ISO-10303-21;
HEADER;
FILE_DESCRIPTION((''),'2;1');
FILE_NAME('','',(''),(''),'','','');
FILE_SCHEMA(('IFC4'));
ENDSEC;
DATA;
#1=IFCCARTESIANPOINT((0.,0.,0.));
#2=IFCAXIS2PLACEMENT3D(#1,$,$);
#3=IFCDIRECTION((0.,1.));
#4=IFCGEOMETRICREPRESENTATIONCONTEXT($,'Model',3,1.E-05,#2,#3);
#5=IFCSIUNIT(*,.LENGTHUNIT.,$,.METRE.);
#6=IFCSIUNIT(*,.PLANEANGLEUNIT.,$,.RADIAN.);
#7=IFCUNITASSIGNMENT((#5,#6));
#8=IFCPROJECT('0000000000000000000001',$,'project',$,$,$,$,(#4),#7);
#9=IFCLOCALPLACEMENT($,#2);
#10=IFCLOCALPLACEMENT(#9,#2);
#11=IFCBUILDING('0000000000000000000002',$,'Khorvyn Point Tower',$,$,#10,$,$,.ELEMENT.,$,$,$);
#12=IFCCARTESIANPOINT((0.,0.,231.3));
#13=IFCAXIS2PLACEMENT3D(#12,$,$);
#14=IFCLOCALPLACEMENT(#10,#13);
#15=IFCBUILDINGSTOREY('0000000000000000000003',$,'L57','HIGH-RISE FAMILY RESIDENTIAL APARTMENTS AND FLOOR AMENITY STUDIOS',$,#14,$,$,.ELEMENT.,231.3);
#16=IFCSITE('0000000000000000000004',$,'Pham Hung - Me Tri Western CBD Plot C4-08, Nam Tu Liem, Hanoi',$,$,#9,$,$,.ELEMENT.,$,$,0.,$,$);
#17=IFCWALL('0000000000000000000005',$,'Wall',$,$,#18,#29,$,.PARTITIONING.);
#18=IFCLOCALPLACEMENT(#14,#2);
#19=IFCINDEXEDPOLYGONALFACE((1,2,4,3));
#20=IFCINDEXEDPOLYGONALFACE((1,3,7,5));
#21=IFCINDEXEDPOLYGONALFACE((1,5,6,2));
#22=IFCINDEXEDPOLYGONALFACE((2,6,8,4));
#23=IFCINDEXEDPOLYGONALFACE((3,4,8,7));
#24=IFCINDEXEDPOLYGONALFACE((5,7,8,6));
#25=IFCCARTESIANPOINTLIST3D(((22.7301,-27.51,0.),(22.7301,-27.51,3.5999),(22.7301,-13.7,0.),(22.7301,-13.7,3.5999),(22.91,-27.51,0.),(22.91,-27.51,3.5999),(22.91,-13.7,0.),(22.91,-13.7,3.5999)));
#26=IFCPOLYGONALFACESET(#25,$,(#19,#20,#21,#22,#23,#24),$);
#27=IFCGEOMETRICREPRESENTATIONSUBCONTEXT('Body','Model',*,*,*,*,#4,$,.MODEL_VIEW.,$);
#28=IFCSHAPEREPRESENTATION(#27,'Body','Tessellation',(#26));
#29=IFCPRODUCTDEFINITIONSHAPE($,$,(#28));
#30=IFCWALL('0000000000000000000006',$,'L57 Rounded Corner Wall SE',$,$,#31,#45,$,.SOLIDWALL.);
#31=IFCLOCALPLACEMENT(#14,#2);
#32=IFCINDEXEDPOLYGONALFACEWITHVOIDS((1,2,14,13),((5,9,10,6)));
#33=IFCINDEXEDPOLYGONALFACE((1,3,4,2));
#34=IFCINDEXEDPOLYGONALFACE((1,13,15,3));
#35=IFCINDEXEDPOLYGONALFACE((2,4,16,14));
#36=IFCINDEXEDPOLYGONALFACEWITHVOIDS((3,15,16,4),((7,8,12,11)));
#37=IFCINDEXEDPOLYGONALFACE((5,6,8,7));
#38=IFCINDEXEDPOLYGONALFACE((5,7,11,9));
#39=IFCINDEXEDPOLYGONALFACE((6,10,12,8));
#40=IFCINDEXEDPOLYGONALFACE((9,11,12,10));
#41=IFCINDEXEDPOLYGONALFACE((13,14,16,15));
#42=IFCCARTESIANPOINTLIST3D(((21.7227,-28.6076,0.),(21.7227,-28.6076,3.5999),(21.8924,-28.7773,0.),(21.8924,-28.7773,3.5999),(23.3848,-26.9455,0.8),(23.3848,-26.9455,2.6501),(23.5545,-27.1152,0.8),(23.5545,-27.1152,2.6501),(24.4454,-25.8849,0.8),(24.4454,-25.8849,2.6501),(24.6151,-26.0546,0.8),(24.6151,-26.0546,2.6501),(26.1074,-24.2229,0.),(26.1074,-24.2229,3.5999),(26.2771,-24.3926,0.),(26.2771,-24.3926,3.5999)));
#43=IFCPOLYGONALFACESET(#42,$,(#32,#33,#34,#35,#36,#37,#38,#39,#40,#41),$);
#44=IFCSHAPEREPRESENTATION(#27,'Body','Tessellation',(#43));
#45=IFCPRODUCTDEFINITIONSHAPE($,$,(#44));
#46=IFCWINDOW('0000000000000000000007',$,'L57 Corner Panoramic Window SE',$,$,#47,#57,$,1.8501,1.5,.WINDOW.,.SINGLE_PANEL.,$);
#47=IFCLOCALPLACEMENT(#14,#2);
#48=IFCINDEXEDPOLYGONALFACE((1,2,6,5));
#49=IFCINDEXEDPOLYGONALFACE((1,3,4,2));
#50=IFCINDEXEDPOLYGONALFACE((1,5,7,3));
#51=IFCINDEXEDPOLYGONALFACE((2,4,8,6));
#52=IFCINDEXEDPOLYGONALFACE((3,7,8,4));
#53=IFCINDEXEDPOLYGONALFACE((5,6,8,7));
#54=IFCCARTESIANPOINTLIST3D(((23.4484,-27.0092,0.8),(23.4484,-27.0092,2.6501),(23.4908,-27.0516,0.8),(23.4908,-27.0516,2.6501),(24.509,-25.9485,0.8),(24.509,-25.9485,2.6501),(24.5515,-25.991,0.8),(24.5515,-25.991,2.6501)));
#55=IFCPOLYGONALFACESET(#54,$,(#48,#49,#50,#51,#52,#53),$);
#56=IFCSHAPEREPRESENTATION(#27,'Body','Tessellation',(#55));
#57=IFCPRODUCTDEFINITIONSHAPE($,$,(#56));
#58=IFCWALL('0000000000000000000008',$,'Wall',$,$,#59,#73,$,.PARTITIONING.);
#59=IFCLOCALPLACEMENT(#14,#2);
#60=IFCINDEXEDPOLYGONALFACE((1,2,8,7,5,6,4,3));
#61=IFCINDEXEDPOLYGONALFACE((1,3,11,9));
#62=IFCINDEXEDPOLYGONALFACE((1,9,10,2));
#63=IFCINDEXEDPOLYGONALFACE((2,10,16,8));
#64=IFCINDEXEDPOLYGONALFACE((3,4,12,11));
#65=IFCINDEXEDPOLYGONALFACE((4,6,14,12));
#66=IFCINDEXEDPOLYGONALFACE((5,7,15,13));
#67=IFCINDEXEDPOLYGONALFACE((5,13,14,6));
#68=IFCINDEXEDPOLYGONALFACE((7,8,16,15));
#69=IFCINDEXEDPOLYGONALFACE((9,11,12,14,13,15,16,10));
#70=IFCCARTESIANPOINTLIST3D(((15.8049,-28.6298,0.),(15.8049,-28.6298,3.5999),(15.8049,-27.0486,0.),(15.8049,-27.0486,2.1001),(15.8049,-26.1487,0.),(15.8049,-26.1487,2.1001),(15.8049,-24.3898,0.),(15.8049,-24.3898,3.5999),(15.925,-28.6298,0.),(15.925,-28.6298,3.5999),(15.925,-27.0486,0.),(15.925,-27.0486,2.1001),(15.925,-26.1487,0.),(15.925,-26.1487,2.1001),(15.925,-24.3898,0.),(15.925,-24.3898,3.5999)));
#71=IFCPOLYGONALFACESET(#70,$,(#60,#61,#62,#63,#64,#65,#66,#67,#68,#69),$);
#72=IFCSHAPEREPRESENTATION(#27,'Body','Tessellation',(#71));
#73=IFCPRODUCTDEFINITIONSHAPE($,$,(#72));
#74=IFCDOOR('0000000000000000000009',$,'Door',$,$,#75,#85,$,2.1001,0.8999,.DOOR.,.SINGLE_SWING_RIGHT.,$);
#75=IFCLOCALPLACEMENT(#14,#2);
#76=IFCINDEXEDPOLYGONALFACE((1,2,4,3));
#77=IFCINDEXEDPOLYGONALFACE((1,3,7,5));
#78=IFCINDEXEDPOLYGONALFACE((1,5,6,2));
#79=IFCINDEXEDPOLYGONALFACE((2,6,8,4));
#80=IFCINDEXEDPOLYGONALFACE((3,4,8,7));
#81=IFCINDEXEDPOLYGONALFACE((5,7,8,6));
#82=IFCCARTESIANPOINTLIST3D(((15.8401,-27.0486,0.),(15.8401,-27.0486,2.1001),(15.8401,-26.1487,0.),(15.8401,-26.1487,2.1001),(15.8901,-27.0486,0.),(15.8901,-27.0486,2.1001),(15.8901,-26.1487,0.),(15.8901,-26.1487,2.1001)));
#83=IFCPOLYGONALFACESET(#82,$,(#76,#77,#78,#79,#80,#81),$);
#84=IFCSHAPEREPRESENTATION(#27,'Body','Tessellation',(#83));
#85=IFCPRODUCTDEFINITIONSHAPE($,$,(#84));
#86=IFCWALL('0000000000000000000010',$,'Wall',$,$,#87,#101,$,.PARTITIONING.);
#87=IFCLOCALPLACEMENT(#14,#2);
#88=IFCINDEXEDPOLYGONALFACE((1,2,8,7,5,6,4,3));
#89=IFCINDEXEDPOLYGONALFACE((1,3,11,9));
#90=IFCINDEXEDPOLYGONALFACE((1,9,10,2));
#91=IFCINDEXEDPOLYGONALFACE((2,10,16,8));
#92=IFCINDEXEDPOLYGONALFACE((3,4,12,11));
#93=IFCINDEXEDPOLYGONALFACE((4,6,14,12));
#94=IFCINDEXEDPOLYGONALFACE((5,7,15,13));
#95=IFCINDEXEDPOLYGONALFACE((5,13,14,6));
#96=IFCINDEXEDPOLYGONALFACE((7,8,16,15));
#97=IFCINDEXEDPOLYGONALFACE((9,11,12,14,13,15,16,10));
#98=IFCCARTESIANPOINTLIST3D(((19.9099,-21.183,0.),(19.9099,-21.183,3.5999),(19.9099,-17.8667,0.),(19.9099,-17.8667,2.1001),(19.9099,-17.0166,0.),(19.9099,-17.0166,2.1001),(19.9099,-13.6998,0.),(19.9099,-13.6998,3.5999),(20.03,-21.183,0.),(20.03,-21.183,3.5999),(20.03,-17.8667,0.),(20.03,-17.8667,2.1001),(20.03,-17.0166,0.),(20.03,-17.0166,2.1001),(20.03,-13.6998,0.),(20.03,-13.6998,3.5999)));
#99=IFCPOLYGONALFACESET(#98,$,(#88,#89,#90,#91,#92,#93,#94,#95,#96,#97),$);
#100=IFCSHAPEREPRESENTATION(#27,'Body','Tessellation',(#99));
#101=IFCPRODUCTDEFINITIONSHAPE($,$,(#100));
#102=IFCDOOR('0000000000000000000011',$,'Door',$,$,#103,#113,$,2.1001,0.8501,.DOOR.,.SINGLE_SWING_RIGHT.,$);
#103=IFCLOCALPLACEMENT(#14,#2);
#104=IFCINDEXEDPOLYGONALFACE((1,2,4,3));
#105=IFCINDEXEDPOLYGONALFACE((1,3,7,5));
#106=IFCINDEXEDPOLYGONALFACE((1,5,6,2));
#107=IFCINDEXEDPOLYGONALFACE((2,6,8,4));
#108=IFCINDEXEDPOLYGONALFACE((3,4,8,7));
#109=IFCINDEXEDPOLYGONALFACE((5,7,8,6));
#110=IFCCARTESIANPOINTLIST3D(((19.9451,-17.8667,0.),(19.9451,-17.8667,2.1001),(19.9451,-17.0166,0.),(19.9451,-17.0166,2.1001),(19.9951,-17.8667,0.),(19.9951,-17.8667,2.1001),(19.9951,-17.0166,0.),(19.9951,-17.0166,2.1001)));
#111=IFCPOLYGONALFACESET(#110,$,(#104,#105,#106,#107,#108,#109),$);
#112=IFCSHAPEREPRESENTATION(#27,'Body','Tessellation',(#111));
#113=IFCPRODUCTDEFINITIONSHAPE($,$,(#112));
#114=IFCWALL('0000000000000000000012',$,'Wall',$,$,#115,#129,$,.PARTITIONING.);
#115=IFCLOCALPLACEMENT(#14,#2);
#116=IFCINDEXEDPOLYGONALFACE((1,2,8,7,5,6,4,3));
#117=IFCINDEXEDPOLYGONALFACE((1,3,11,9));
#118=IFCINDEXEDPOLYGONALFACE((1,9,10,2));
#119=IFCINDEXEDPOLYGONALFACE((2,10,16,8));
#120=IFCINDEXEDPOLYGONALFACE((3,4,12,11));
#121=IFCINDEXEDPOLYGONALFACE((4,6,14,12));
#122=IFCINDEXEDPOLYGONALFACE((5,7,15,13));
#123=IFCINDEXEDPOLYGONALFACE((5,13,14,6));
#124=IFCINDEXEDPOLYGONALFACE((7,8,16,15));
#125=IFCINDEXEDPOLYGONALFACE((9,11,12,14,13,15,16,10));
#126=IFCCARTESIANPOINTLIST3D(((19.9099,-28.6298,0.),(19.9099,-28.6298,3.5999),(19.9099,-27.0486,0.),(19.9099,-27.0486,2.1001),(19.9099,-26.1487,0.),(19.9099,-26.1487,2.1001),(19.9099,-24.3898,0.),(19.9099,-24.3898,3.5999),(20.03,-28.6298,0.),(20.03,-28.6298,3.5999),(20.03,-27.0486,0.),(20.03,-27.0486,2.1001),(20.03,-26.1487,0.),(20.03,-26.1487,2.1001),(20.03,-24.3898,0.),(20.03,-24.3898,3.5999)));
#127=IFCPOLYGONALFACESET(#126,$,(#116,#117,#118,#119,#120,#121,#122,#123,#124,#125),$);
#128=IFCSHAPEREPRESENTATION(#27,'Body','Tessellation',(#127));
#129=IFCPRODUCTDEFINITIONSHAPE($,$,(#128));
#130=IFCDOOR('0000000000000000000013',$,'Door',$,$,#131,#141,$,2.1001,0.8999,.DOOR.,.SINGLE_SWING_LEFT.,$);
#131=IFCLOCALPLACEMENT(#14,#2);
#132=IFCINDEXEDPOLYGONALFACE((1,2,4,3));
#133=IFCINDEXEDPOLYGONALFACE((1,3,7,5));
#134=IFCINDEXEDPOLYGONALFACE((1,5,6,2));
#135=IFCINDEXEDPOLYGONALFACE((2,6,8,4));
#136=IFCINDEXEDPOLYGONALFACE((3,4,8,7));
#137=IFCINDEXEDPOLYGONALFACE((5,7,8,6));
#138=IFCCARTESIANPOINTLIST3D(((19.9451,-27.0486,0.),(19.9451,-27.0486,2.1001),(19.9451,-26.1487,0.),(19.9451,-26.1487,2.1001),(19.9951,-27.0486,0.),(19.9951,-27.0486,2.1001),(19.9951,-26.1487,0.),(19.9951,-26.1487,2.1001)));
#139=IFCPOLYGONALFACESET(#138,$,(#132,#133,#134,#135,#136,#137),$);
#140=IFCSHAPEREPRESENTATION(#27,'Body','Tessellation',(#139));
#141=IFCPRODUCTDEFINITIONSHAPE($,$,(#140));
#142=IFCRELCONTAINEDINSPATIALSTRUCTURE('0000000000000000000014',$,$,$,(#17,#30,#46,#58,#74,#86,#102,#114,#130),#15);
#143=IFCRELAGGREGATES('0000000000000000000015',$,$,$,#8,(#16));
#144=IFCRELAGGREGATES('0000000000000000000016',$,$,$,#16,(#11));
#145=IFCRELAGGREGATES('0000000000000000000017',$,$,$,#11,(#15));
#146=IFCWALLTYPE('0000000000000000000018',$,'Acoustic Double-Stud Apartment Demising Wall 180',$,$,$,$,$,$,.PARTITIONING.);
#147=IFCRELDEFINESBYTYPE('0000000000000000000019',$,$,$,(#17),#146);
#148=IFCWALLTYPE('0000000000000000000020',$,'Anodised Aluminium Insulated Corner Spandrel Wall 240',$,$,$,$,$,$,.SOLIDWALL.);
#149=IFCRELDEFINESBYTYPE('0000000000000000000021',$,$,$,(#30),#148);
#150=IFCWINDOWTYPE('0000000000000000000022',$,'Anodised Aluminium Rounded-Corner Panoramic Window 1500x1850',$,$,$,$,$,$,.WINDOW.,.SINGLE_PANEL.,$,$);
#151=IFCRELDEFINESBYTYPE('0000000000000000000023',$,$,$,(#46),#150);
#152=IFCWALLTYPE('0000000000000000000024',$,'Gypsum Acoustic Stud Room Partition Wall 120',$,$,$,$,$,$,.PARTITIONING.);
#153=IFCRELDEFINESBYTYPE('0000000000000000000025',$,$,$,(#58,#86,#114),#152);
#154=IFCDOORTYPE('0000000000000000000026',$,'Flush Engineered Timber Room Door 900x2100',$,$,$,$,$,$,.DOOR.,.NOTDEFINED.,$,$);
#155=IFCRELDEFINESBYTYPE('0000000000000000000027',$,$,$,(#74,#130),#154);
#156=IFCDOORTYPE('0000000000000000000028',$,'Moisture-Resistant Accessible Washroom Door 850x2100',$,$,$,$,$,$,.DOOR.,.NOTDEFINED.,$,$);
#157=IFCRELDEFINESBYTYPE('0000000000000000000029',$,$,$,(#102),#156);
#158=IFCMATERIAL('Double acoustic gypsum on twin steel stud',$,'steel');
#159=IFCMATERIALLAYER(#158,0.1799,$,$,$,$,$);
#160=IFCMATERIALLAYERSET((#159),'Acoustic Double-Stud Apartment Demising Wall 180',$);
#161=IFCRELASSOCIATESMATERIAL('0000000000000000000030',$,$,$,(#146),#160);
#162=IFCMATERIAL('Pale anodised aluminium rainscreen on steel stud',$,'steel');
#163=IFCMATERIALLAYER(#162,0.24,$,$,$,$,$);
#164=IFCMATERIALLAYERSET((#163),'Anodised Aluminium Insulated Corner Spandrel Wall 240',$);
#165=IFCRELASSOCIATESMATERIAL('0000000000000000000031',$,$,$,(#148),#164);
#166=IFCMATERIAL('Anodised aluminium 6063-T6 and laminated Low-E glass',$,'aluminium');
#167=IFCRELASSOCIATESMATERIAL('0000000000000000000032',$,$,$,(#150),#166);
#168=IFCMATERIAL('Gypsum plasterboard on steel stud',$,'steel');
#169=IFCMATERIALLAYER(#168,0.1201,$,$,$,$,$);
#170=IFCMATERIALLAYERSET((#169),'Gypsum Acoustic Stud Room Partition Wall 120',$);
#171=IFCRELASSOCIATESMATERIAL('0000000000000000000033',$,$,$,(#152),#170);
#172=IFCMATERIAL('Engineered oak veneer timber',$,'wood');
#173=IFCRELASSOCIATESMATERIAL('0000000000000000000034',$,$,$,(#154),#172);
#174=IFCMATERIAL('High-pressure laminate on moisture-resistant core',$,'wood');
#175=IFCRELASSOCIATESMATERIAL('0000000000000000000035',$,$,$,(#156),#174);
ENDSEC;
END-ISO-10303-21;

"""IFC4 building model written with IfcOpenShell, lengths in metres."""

from ifc_helpers import new_model, si_unit, direction, frame, frame_2d, origin, place, context, subcontext, project, spatial, rectangle, extrude, material, layer, layer_set, type_object, element, fill, save


model = new_model("IFC4")

# Units and contexts
model_context = context("Model", 3, precision=1e-05, world=origin(), true_north=direction((0.0, 1.0)))
body_context = subcontext(model_context, "Body", "Model", "MODEL_VIEW")
ifc_project = project(units=[si_unit("LENGTHUNIT", "METRE"), si_unit("PLANEANGLEUNIT", "RADIAN")], contexts=[model_context])

# Site, building, storey
site_placement = place(None, origin())
site = spatial("IfcSite", under=ifc_project, at=site_placement, Name="Pham Hung - Me Tri Western CBD Plot C4-08, Nam Tu Liem, Hanoi", CompositionType="ELEMENT", RefElevation=0.0)
building_placement = place(site_placement, origin())
building = spatial("IfcBuilding", under=site, at=building_placement, Name="Khorvyn Point Tower", CompositionType="ELEMENT")
storey_placement = place(building_placement, frame((0.0, 0.0, 231.3)))
storey = spatial("IfcBuildingStorey", under=building, at=storey_placement, Name="L57", Description="HIGH-RISE FAMILY RESIDENTIAL APARTMENTS AND FLOOR AMENITY STUDIOS", CompositionType="ELEMENT", Elevation=231.3)

# Shared definitions
ifc_material_1 = material(Name="Anodised aluminium 6063-T6 and laminated Low-E glass", Category="aluminium")

# Wall
ifc_material_2 = material(Name="Double acoustic gypsum on twin steel stud", Category="steel")
ifc_layer_1 = layer(ifc_material_2, 0.1799)
ifc_layer_set_1 = layer_set([ifc_layer_1], Name="Acoustic Double-Stud Apartment Demising Wall 180")
wall_type_1 = type_object("IfcWallType", Name="Acoustic Double-Stud Apartment Demising Wall 180", PredefinedType="PARTITIONING", material=ifc_layer_set_1)
wall_1_placement = place(storey_placement, frame((22.8201, -27.51, 0.0), z_axis=(0.0, 0.0, 1.0), x_axis=(0.0, 1.0, 0.0)))
element("IfcWall", 1, at=wall_1_placement, inside=storey, type_object=wall_type_1, Name="Wall", PredefinedType="PARTITIONING", context=body_context, shape_type="SweptSolid", body=[
    extrude(rectangle(XDim=13.8101, YDim=0.1799, at=frame_2d((6.905, 0.0))), origin(), (0.0, 0.0, 1.0), 3.5999),
])

# Wall, opening, window
ifc_material_3 = material(Name="Pale anodised aluminium rainscreen on steel stud", Category="steel")
ifc_layer_2 = layer(ifc_material_3, 0.24)
ifc_layer_set_2 = layer_set([ifc_layer_2], Name="Anodised Aluminium Insulated Corner Spandrel Wall 240")
wall_type_2 = type_object("IfcWallType", Name="Anodised Aluminium Insulated Corner Spandrel Wall 240", PredefinedType="SOLIDWALL", material=ifc_layer_set_2)
wall_2_placement = place(storey_placement, frame((26.1924, -24.3076, 0.0), z_axis=(0.0, 0.0, 1.0), x_axis=(-0.707107, -0.707107, 0.0)))
wall_2 = element("IfcWall", 2, at=wall_2_placement, inside=storey, type_object=wall_type_2, Name="L57 Rounded Corner Wall SE", PredefinedType="SOLIDWALL", context=body_context, shape_type="SweptSolid", body=[
    extrude(rectangle(XDim=6.2009, YDim=0.24, at=frame_2d((3.1006, 0.0))), origin(), (0.0, 0.0, 1.0), 3.5999),
])
opening_1_placement = place(wall_2_placement, frame((2.3506, 0.0, 0.8)))
opening_1 = element("IfcOpeningElement", 3, at=opening_1_placement, cuts=wall_2, PredefinedType="OPENING", context=body_context, shape_type="SweptSolid", body=[
    extrude(rectangle(XDim=1.5, YDim=1.8501, at=frame_2d((0.75, 0.925))), frame((0.0, 0.1299, 0.0), z_axis=(0.0, -1.0, 0.0), x_axis=(1.0, 0.0, 0.0)), (0.0, 0.0, 1.0), 0.26),
])
window_type = type_object("IfcWindowType", Name="Anodised Aluminium Rounded-Corner Panoramic Window 1500x1850", PartitioningType="SINGLE_PANEL", PredefinedType="WINDOW", material=ifc_material_1)
window_placement = place(opening_1_placement, origin())
window = element("IfcWindow", 4, at=window_placement, inside=storey, type_object=window_type, Name="L57 Corner Panoramic Window SE", OverallHeight=1.8501, OverallWidth=1.5, PartitioningType="SINGLE_PANEL", PredefinedType="WINDOW", context=body_context, shape_type="SweptSolid", body=[
    extrude(rectangle(XDim=1.5, YDim=1.8501, at=frame_2d((0.75, 0.925))), frame((0.0, 0.03, 0.0), z_axis=(0.0, -1.0, 0.0), x_axis=(1.0, 0.0, 0.0)), (0.0, 0.0, 1.0), 0.0601),
])
fill(opening_1, window)

# Walls, openings, doors
ifc_material_4 = material(Name="Gypsum plasterboard on steel stud", Category="steel")
ifc_layer_3 = layer(ifc_material_4, 0.1201)
ifc_layer_set_3 = layer_set([ifc_layer_3], Name="Gypsum Acoustic Stud Room Partition Wall 120")
wall_type_3 = type_object("IfcWallType", Name="Gypsum Acoustic Stud Room Partition Wall 120", PredefinedType="PARTITIONING", material=ifc_layer_set_3)
wall_3_placement = place(storey_placement, frame((15.865, -28.6299, 0.0), z_axis=(0.0, 0.0, 1.0), x_axis=(0.0, 1.0, 0.0)))
wall_3 = element("IfcWall", 5, at=wall_3_placement, inside=storey, type_object=wall_type_3, Name="Wall", PredefinedType="PARTITIONING", context=body_context, shape_type="SweptSolid", body=[
    extrude(rectangle(XDim=4.24, YDim=0.1201, at=frame_2d((2.1201, 0.0))), origin(), (0.0, 0.0, 1.0), 3.5999),
])
opening_2_placement = place(wall_3_placement, frame((1.5813, 0.0, 0.0)))
opening_2 = element("IfcOpeningElement", 6, at=opening_2_placement, cuts=wall_3, PredefinedType="OPENING", context=body_context, shape_type="SweptSolid", body=[
    extrude(rectangle(XDim=0.8999, YDim=2.1001, at=frame_2d((0.45, 1.05))), frame((0.0, 0.0701, 0.0), z_axis=(0.0, -1.0, 0.0), x_axis=(1.0, 0.0, 0.0)), (0.0, 0.0, 1.0), 0.1401),
])
ifc_material_5 = material(Name="Engineered oak veneer timber", Category="wood")
door_type_1 = type_object("IfcDoorType", Name="Flush Engineered Timber Room Door 900x2100", OperationType="NOTDEFINED", PredefinedType="DOOR", material=ifc_material_5)
door_1_placement = place(opening_2_placement, origin())
door_1 = element("IfcDoor", 7, at=door_1_placement, inside=storey, type_object=door_type_1, Name="Door", OperationType="SINGLE_SWING_RIGHT", OverallHeight=2.1001, OverallWidth=0.8999, PredefinedType="DOOR", context=body_context, shape_type="SweptSolid", body=[
    extrude(rectangle(XDim=0.8999, YDim=2.1001, at=frame_2d((0.45, 1.05))), frame((0.0, 0.0249, 0.0), z_axis=(0.0, -1.0, 0.0), x_axis=(1.0, 0.0, 0.0)), (0.0, 0.0, 1.0), 0.05),
])
fill(opening_2, door_1)
wall_4_placement = place(storey_placement, frame((19.97, -21.1831, 0.0), z_axis=(0.0, 0.0, 1.0), x_axis=(0.0, 1.0, 0.0)))
wall_4 = element("IfcWall", 8, at=wall_4_placement, inside=storey, type_object=wall_type_3, Name="Wall", PredefinedType="PARTITIONING", context=body_context, shape_type="SweptSolid", body=[
    extrude(rectangle(XDim=7.4832, YDim=0.1201, at=frame_2d((3.7417, 0.0))), origin(), (0.0, 0.0, 1.0), 3.5999),
])
opening_3_placement = place(wall_4_placement, frame((3.3164, 0.0, 0.0)))
opening_3 = element("IfcOpeningElement", 9, at=opening_3_placement, cuts=wall_4, PredefinedType="OPENING", context=body_context, shape_type="SweptSolid", body=[
    extrude(rectangle(XDim=0.8501, YDim=2.1001, at=frame_2d((0.425, 1.05))), frame((0.0, 0.0701, 0.0), z_axis=(0.0, -1.0, 0.0), x_axis=(1.0, 0.0, 0.0)), (0.0, 0.0, 1.0), 0.1401),
])
ifc_material_6 = material(Name="High-pressure laminate on moisture-resistant core", Category="wood")
door_type_2 = type_object("IfcDoorType", Name="Moisture-Resistant Accessible Washroom Door 850x2100", OperationType="NOTDEFINED", PredefinedType="DOOR", material=ifc_material_6)
door_2_placement = place(opening_3_placement, origin())
door_2 = element("IfcDoor", 10, at=door_2_placement, inside=storey, type_object=door_type_2, Name="Door", OperationType="SINGLE_SWING_RIGHT", OverallHeight=2.1001, OverallWidth=0.8501, PredefinedType="DOOR", context=body_context, shape_type="SweptSolid", body=[
    extrude(rectangle(XDim=0.8501, YDim=2.1001, at=frame_2d((0.425, 1.05))), frame((0.0, 0.0249, 0.0), z_axis=(0.0, -1.0, 0.0), x_axis=(1.0, 0.0, 0.0)), (0.0, 0.0, 1.0), 0.05),
])
fill(opening_3, door_2)
wall_5_placement = place(storey_placement, frame((19.97, -28.6299, 0.0), z_axis=(0.0, 0.0, 1.0), x_axis=(0.0, 1.0, 0.0)))
wall_5 = element("IfcWall", 11, at=wall_5_placement, inside=storey, type_object=wall_type_3, Name="Wall", PredefinedType="PARTITIONING", context=body_context, shape_type="SweptSolid", body=[
    extrude(rectangle(XDim=4.24, YDim=0.1201, at=frame_2d((2.1201, 0.0))), origin(), (0.0, 0.0, 1.0), 3.5999),
])
opening_4_placement = place(wall_5_placement, frame((1.5813, 0.0, 0.0)))
opening_4 = element("IfcOpeningElement", 12, at=opening_4_placement, cuts=wall_5, PredefinedType="OPENING", context=body_context, shape_type="SweptSolid", body=[
    extrude(rectangle(XDim=0.8999, YDim=2.1001, at=frame_2d((0.45, 1.05))), frame((0.0, 0.0701, 0.0), z_axis=(0.0, -1.0, 0.0), x_axis=(1.0, 0.0, 0.0)), (0.0, 0.0, 1.0), 0.1401),
])
door_3_placement = place(opening_4_placement, origin())
door_3 = element("IfcDoor", 13, at=door_3_placement, inside=storey, type_object=door_type_1, Name="Door", OperationType="SINGLE_SWING_LEFT", OverallHeight=2.1001, OverallWidth=0.8999, PredefinedType="DOOR", context=body_context, shape_type="SweptSolid", body=[
    extrude(rectangle(XDim=0.8999, YDim=2.1001, at=frame_2d((0.45, 1.05))), frame((0.0, 0.0249, 0.0), z_axis=(0.0, -1.0, 0.0), x_axis=(1.0, 0.0, 0.0)), (0.0, 0.0, 1.0), 0.05),
])
fill(opening_4, door_3)

save(model, "model.ifc")
